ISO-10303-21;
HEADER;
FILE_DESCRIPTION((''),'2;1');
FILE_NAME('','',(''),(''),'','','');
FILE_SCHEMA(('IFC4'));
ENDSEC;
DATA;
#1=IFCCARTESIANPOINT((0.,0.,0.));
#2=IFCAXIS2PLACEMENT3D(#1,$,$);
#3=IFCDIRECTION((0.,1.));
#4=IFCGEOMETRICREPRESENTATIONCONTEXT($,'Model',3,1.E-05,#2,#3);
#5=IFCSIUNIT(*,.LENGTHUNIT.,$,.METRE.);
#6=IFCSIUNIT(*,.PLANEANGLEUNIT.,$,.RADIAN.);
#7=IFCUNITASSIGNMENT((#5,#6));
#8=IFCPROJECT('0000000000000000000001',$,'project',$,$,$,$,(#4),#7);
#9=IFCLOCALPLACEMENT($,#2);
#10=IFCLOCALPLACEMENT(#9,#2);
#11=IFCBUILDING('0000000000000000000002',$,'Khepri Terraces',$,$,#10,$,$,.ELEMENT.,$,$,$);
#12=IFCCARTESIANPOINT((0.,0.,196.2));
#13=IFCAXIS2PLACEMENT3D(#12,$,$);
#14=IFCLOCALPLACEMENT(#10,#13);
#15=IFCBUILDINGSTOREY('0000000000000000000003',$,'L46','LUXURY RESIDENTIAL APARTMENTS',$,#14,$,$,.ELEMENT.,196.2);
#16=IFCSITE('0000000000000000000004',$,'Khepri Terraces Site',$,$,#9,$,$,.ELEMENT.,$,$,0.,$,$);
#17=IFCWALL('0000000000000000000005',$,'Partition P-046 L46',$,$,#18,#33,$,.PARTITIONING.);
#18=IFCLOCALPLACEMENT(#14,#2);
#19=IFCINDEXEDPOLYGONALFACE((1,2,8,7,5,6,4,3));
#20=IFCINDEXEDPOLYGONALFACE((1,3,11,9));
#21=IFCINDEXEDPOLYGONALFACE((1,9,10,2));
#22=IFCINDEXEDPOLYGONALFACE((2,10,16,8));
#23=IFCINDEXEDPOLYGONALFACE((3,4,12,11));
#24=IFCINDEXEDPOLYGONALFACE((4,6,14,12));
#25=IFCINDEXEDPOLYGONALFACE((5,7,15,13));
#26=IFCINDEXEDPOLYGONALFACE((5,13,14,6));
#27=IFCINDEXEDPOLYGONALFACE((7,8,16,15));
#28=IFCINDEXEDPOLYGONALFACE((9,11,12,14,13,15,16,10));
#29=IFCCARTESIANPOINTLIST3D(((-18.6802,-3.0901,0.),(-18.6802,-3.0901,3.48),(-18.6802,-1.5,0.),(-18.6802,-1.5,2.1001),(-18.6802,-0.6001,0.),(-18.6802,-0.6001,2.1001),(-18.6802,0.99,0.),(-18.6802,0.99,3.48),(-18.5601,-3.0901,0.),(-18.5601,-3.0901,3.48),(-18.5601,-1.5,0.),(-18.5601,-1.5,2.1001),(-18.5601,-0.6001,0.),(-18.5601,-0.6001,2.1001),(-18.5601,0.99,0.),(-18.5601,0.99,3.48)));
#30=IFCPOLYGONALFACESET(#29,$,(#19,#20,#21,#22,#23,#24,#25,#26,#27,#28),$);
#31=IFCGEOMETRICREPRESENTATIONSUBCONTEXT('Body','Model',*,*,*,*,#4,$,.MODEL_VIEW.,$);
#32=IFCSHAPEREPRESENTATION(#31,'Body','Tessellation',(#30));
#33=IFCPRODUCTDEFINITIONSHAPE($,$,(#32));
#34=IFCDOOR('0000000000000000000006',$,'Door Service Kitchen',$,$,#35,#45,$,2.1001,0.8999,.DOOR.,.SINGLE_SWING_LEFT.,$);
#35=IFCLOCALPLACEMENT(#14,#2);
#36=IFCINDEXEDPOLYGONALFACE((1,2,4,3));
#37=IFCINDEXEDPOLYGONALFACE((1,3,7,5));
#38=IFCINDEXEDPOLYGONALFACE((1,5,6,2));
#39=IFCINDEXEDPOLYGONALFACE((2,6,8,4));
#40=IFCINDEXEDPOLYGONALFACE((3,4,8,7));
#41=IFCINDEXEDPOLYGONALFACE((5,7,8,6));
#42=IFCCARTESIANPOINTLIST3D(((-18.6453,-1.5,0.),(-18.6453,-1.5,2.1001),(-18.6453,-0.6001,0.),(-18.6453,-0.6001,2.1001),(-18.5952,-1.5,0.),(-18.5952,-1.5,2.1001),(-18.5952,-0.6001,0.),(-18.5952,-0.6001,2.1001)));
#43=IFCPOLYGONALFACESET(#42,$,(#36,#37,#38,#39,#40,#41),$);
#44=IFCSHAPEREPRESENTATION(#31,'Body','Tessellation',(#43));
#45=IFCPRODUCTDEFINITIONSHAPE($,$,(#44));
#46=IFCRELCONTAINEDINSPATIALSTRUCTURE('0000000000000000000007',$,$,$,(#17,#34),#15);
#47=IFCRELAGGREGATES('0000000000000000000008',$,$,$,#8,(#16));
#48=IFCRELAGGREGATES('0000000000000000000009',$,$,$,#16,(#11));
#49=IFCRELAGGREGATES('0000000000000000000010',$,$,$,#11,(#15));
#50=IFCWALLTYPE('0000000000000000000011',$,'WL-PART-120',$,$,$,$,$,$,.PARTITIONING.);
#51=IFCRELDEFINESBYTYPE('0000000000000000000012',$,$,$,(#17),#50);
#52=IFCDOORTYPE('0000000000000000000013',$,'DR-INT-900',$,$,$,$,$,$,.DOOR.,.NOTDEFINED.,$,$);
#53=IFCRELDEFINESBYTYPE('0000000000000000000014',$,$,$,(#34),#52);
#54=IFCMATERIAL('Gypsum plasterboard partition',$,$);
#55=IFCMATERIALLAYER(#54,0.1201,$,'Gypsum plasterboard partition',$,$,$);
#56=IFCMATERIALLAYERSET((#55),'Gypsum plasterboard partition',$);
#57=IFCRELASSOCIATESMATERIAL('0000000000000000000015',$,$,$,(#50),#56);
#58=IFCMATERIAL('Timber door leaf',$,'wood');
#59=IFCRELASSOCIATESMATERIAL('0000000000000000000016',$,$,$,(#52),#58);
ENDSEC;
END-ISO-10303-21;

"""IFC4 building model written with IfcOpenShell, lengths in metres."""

from ifc_helpers import new_model, si_unit, direction, frame, frame_2d, origin, place, context, subcontext, project, spatial, rectangle, extrude, material, layer, layer_set, type_object, element, fill, save


model = new_model("IFC4")

# Units and contexts
model_context = context("Model", 3, precision=1e-05, world=origin(), true_north=direction((0.0, 1.0)))
body_context = subcontext(model_context, "Body", "Model", "MODEL_VIEW")
ifc_project = project(units=[si_unit("LENGTHUNIT", "METRE"), si_unit("PLANEANGLEUNIT", "RADIAN")], contexts=[model_context])

# Site, building, storey
site_placement = place(None, origin())
site = spatial("IfcSite", under=ifc_project, at=site_placement, Name="Khepri Terraces Site", CompositionType="ELEMENT", RefElevation=0.0)
building_placement = place(site_placement, origin())
building = spatial("IfcBuilding", under=site, at=building_placement, Name="Khepri Terraces", CompositionType="ELEMENT")
storey_placement = place(building_placement, frame((0.0, 0.0, 196.2)))
storey = spatial("IfcBuildingStorey", under=building, at=storey_placement, Name="L46", Description="LUXURY RESIDENTIAL APARTMENTS", CompositionType="ELEMENT", Elevation=196.2)

# Shared definitions
ifc_material_1 = material(Name="Gypsum plasterboard partition")
ifc_layer_1 = layer(ifc_material_1, 0.1201, Name="Gypsum plasterboard partition")
ifc_layer_set_1 = layer_set([ifc_layer_1], Name="Gypsum plasterboard partition")
wall_type_1 = type_object("IfcWallType", Name="WL-PART-120", PredefinedType="PARTITIONING", material=ifc_layer_set_1)

# Shared definitions
ifc_material_2 = material(Name="Timber door leaf", Category="wood")
door_type_1 = type_object("IfcDoorType", Name="DR-INT-900", OperationType="NOTDEFINED", PredefinedType="DOOR", material=ifc_material_2)

# Wall, opening, door
wall_1_placement = place(storey_placement, frame((-18.6201, -3.0901, 0.0), z_axis=(0.0, 0.0, 1.0), x_axis=(0.0, 1.0, 0.0)))
wall_1 = element("IfcWall", 1, at=wall_1_placement, inside=storey, type_object=wall_type_1, Name="Partition P-046 L46", PredefinedType="PARTITIONING", context=body_context, shape_type="SweptSolid", body=[
    extrude(rectangle(XDim=4.0801, YDim=0.1201, at=frame_2d((2.04, 0.0))), origin(), (0.0, 0.0, 1.0), 3.48),
])
opening_1_placement = place(wall_1_placement, frame((1.5901, 0.0, 0.0)))
opening_1 = element("IfcOpeningElement", 2, at=opening_1_placement, cuts=wall_1, PredefinedType="OPENING", context=body_context, shape_type="SweptSolid", body=[
    extrude(rectangle(XDim=0.8999, YDim=2.1001, at=frame_2d((0.45, 1.05))), frame((0.0, 0.0701, 0.0), z_axis=(0.0, -1.0, 0.0), x_axis=(1.0, 0.0, 0.0)), (0.0, 0.0, 1.0), 0.1401),
])
door_1_placement = place(opening_1_placement, frame((0.8999, 0.0, 0.0), z_axis=(0.0, 0.0, 1.0), x_axis=(-1.0, 0.0, 0.0)))
door_1 = element("IfcDoor", 3, at=door_1_placement, inside=storey, type_object=door_type_1, Name="Door Service Kitchen", OperationType="SINGLE_SWING_LEFT", OverallHeight=2.1001, OverallWidth=0.8999, PredefinedType="DOOR", context=body_context, shape_type="SweptSolid", body=[
    extrude(rectangle(XDim=0.8999, YDim=2.1001, at=frame_2d((0.45, 1.05))), frame((0.0, 0.0249, 0.0), z_axis=(0.0, -1.0, 0.0), x_axis=(1.0, 0.0, 0.0)), (0.0, 0.0, 1.0), 0.05),
])
fill(opening_1, door_1)

save(model, "model.ifc")
